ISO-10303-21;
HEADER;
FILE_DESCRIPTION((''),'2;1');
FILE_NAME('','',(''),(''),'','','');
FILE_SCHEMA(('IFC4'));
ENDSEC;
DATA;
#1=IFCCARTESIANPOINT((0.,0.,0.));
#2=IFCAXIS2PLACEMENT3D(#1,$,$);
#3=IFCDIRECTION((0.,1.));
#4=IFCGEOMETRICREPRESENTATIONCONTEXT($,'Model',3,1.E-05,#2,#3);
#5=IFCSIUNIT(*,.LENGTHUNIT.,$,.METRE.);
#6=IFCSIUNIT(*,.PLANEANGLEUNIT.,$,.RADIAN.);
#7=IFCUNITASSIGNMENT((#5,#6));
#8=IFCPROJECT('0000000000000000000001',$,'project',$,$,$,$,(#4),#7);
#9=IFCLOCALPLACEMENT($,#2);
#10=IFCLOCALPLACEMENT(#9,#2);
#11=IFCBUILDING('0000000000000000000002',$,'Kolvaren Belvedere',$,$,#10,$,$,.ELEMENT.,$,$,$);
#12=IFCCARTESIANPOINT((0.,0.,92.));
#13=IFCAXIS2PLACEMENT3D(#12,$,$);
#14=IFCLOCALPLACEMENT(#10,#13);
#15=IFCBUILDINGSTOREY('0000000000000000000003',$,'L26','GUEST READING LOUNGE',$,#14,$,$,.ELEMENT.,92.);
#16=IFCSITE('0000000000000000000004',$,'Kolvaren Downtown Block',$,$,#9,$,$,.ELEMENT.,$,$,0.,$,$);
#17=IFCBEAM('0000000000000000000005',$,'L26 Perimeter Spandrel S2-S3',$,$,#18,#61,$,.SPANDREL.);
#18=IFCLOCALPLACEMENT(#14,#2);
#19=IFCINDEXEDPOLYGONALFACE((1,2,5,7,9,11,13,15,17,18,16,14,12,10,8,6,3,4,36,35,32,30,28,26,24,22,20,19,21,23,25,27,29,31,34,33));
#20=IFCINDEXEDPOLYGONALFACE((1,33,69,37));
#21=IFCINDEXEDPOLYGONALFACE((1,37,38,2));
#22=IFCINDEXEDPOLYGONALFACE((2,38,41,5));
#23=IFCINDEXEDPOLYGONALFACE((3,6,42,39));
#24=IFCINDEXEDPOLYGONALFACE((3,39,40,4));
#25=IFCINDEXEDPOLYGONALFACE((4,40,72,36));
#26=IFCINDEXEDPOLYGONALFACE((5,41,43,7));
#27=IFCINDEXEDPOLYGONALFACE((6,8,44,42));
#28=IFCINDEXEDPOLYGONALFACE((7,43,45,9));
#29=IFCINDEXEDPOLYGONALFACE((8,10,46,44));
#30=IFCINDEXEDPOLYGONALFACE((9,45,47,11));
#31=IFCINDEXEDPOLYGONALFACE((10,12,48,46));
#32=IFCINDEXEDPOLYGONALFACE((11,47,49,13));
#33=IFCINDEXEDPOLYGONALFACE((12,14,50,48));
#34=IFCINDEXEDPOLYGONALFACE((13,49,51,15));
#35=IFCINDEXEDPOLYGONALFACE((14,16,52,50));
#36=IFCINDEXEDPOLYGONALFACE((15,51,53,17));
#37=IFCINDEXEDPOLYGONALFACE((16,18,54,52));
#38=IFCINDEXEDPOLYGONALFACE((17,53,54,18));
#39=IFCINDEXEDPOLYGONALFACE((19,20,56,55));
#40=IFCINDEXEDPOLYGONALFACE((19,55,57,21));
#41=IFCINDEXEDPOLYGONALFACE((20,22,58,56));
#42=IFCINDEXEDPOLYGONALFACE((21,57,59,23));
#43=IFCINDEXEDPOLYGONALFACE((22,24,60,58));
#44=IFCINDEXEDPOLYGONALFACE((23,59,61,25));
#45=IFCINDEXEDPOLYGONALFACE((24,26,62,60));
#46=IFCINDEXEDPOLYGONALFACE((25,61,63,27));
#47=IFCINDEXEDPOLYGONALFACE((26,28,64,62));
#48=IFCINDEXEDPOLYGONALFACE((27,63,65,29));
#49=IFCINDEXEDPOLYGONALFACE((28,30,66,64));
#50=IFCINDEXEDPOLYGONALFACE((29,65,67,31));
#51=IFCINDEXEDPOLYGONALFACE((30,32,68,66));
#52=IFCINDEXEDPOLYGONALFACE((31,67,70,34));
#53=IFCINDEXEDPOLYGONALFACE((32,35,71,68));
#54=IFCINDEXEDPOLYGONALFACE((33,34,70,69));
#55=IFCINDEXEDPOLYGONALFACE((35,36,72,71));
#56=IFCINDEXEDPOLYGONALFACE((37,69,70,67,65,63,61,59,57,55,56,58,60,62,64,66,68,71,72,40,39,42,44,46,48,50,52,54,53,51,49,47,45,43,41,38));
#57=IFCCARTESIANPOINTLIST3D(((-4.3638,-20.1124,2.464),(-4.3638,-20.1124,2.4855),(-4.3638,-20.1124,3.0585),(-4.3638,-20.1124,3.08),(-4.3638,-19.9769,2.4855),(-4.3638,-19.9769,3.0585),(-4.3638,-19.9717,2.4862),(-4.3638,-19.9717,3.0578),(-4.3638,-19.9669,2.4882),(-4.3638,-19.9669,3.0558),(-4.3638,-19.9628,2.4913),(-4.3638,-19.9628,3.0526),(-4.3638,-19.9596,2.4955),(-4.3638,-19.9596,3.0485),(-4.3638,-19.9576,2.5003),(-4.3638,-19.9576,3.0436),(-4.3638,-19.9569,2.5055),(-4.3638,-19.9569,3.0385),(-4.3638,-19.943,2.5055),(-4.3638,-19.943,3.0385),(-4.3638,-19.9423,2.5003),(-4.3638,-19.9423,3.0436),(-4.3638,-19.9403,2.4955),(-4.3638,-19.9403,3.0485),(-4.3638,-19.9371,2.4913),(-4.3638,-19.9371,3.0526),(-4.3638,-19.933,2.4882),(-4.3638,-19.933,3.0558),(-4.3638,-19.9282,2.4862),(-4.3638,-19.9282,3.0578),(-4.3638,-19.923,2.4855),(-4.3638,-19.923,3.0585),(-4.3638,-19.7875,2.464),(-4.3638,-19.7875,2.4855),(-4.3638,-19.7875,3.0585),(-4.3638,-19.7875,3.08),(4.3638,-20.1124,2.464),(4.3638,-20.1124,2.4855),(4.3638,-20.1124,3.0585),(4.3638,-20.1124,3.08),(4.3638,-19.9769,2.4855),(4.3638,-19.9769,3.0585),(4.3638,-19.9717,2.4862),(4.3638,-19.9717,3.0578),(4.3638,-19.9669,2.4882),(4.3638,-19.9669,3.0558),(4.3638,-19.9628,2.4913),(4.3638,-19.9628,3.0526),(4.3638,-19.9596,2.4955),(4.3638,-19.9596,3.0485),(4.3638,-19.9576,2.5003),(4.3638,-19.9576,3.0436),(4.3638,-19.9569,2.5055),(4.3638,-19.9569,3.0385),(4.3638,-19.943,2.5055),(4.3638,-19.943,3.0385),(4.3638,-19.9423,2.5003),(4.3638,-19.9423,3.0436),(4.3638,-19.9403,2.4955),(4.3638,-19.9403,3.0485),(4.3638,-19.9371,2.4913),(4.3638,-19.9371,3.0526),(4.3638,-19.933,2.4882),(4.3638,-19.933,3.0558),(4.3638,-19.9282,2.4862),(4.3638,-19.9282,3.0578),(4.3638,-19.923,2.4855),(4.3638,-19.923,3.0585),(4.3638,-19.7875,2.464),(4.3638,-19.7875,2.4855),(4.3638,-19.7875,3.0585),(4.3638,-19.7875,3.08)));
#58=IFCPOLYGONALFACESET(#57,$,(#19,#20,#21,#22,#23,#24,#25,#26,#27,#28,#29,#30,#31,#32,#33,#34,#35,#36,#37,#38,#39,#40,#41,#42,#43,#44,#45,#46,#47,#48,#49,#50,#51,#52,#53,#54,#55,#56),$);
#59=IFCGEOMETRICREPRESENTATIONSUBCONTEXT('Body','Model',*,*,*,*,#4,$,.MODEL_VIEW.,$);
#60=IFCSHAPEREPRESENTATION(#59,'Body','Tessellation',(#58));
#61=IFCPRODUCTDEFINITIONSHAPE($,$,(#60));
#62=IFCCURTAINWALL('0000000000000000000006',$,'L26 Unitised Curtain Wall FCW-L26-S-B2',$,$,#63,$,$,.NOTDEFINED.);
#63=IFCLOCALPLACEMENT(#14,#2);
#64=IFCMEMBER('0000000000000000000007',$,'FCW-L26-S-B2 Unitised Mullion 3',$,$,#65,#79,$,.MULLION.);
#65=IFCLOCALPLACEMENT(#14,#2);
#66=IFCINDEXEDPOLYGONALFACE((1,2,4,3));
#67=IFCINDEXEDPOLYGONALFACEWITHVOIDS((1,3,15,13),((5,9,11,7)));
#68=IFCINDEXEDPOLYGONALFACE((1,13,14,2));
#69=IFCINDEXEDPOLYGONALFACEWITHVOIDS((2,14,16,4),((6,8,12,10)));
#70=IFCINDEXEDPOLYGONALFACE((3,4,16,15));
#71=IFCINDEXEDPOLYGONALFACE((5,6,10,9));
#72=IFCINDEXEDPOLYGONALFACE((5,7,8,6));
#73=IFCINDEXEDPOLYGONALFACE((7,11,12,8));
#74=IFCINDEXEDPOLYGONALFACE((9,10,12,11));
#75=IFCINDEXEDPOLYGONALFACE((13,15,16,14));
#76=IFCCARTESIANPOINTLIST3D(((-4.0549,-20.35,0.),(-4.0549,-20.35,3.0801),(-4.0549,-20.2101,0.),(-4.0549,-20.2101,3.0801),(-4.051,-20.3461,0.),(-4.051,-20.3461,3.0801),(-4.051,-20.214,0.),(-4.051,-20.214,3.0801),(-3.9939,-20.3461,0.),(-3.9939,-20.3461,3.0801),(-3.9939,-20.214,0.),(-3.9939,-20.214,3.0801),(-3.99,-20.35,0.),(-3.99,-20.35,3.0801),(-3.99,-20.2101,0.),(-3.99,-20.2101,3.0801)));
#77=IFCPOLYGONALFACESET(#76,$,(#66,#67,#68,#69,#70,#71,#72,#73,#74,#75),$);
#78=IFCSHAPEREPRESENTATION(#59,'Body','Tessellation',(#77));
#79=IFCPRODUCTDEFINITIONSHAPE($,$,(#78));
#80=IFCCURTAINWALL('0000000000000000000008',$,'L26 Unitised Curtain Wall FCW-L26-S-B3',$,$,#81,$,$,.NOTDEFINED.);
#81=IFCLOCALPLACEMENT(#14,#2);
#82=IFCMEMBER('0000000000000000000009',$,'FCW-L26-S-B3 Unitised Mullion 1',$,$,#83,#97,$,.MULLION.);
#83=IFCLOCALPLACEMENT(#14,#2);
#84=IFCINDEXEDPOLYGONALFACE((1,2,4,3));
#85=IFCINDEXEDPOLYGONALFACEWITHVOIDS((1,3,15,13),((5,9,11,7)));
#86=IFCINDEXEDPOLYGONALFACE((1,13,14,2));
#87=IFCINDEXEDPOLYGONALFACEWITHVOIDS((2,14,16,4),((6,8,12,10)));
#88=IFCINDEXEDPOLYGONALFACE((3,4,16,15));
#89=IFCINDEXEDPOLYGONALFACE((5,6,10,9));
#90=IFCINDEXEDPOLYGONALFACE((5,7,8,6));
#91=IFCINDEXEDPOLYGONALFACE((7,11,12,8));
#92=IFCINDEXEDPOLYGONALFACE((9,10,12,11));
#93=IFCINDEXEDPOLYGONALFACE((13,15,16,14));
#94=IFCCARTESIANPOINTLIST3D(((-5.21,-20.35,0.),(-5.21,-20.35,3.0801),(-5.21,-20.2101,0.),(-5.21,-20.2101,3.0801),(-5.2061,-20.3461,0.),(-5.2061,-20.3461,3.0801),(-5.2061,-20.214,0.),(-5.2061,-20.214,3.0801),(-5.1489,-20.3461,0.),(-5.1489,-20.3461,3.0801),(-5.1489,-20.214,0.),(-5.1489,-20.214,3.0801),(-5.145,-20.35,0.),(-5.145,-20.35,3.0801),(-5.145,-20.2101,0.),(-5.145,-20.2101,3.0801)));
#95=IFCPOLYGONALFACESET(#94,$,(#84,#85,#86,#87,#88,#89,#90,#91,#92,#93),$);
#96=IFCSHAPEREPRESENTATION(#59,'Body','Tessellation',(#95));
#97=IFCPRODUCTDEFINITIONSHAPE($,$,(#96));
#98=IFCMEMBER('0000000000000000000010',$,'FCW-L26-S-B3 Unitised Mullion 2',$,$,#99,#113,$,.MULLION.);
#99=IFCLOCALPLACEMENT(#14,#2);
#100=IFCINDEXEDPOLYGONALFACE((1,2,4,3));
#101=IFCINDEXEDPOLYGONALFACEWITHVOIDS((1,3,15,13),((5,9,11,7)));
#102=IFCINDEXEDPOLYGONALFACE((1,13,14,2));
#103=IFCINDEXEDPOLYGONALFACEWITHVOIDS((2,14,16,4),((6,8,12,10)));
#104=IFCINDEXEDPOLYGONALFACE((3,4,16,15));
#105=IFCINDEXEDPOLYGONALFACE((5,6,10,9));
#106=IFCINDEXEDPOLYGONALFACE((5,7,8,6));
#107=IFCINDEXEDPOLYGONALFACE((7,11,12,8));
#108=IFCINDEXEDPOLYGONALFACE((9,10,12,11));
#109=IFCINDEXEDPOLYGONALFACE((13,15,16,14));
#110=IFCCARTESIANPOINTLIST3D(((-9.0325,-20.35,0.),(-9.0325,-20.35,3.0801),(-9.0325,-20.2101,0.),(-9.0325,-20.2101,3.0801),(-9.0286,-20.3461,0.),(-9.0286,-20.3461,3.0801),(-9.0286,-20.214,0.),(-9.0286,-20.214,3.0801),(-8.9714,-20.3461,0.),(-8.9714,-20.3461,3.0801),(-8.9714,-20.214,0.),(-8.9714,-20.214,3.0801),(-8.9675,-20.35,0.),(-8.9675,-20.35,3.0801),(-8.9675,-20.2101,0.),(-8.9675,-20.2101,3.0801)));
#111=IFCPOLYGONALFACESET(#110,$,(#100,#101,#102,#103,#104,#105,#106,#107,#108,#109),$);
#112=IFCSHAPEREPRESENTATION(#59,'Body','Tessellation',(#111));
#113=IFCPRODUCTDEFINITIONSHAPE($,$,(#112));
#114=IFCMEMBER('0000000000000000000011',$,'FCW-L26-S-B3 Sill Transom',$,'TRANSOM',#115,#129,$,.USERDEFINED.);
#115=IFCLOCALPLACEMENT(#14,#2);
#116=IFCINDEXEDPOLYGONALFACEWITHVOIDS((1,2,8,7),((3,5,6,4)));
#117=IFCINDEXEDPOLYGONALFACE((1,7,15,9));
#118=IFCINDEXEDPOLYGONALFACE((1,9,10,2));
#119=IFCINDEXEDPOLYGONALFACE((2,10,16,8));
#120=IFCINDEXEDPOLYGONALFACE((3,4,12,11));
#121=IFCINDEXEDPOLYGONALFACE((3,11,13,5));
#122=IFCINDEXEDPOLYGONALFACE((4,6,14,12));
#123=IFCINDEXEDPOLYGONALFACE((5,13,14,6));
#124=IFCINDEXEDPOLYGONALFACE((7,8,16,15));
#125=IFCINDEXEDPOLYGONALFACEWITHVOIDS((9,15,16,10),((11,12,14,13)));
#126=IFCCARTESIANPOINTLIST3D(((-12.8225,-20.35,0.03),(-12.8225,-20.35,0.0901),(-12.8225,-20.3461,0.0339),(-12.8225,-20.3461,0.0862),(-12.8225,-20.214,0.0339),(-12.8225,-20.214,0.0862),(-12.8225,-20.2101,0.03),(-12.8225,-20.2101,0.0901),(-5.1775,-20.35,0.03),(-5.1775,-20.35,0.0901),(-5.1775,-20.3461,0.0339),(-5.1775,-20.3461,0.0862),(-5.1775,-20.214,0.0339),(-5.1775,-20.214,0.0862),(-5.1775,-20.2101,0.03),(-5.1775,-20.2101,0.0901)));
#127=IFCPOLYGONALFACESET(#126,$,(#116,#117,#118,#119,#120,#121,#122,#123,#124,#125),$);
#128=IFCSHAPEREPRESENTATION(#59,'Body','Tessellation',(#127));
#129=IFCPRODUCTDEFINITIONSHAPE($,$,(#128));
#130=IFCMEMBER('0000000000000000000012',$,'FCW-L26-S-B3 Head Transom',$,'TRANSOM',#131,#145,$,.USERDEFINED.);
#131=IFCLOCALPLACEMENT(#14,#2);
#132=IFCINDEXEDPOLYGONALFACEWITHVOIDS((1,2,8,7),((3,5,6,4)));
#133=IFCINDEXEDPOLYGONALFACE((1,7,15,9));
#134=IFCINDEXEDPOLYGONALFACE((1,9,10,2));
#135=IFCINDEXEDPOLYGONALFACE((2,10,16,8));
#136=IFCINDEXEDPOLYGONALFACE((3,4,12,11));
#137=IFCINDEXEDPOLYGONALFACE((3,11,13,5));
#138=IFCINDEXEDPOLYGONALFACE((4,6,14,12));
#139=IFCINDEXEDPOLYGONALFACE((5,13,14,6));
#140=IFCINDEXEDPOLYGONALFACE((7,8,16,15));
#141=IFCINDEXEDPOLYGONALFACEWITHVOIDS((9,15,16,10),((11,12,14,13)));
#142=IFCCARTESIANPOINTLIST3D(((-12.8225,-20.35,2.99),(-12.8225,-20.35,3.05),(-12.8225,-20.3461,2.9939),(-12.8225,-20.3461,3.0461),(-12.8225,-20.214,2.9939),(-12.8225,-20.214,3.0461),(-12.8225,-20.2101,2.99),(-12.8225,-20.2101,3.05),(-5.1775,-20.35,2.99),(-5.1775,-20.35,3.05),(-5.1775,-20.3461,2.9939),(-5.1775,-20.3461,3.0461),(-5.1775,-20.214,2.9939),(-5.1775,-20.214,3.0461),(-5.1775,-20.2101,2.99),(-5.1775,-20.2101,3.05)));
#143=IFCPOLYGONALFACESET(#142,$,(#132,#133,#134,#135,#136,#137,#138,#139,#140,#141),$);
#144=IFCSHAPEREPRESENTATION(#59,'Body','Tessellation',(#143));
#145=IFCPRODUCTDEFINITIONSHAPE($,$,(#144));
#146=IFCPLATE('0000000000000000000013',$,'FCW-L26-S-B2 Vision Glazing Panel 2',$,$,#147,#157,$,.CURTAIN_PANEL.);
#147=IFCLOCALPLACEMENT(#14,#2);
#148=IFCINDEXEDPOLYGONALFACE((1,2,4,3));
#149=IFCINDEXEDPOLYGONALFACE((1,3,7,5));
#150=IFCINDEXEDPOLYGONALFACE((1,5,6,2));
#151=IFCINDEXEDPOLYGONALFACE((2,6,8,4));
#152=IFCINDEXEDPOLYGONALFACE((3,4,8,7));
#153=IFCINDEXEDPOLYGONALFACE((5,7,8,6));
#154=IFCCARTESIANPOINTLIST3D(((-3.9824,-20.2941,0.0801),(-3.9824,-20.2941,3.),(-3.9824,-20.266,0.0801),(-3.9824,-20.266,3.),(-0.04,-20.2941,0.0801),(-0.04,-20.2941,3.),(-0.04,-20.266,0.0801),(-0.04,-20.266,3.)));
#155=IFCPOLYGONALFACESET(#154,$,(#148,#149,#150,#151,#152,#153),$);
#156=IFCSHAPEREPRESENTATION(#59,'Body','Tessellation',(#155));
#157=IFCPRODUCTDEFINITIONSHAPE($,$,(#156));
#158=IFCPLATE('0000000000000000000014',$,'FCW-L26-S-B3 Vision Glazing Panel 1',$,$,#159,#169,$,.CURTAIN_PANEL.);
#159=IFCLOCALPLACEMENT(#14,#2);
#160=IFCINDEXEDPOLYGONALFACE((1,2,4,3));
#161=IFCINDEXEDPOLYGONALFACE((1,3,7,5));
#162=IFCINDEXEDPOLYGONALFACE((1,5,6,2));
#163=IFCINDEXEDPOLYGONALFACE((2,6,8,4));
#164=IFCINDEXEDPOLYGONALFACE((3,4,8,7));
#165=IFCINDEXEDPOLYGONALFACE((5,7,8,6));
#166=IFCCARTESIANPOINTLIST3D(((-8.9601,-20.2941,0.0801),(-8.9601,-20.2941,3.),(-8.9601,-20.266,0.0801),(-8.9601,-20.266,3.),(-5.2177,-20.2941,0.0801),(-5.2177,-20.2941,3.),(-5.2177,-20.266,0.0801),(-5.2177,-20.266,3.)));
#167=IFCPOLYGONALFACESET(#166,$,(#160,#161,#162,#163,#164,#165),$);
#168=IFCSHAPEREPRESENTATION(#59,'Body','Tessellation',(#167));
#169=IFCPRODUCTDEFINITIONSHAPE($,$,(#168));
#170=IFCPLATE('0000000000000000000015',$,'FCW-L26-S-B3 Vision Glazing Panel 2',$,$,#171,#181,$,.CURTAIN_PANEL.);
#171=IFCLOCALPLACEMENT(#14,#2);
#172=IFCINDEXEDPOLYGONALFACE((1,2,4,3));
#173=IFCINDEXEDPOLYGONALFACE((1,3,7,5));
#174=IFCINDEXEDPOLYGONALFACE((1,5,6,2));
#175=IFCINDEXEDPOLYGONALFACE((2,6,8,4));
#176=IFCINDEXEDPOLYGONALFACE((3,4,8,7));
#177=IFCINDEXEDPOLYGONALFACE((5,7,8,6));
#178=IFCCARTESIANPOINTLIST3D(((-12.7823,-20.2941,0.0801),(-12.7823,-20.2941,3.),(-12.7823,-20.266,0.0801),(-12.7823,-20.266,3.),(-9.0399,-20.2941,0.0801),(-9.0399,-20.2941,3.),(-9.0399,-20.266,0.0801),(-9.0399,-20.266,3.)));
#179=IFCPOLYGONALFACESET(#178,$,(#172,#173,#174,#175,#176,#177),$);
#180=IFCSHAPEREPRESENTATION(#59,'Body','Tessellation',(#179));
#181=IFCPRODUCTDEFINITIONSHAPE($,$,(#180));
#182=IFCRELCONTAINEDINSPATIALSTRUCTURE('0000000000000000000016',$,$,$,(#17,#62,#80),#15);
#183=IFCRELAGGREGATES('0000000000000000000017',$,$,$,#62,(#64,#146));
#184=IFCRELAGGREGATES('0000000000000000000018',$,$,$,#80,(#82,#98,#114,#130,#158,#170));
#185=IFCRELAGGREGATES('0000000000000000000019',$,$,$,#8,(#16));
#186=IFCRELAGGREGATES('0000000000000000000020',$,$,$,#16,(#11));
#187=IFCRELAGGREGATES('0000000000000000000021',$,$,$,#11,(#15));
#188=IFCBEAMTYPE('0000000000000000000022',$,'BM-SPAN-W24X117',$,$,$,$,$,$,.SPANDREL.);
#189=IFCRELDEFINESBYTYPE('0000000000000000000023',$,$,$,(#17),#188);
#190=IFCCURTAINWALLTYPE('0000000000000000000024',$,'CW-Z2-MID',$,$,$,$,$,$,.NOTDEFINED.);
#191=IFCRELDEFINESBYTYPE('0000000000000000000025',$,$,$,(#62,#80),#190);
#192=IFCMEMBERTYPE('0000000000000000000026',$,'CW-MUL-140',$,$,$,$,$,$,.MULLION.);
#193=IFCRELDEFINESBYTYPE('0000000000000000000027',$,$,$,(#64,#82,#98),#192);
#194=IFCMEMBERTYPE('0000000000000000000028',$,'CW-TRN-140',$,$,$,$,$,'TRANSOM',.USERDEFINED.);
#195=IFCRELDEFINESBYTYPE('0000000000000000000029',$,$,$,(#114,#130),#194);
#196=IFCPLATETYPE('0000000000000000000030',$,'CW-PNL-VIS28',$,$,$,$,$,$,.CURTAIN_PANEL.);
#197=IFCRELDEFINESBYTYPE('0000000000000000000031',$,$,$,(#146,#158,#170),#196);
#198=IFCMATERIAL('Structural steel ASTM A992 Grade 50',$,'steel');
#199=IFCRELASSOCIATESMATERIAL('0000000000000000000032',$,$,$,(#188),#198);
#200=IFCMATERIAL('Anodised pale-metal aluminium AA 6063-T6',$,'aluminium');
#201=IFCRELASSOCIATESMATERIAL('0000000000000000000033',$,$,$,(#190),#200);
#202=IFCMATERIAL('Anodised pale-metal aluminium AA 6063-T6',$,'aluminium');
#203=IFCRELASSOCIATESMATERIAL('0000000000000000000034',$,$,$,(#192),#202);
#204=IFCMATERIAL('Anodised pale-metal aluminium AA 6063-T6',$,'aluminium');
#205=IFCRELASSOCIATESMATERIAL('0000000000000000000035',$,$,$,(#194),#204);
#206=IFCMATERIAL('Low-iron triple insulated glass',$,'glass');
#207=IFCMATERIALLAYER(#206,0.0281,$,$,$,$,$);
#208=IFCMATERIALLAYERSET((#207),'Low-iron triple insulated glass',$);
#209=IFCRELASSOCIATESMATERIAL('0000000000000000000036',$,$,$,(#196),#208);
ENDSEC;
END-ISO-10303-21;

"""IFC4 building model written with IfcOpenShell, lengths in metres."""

from ifc_helpers import new_model, si_unit, direction, frame, origin, origin_2d, place, context, subcontext, project, spatial, rectangle, hollow_rectangle, i_section, extrude, material, layer, layer_set, material_profile, profile_set, type_object, element, aggregate, save


model = new_model("IFC4")

# Units and contexts
model_context = context("Model", 3, precision=1e-05, world=origin(), true_north=direction((0.0, 1.0)))
body_context = subcontext(model_context, "Body", "Model", "MODEL_VIEW")
ifc_project = project(units=[si_unit("LENGTHUNIT", "METRE"), si_unit("PLANEANGLEUNIT", "RADIAN")], contexts=[model_context])

# Site, building, storey
site_placement = place(None, origin())
site = spatial("IfcSite", under=ifc_project, at=site_placement, Name="Kolvaren Downtown Block", CompositionType="ELEMENT", RefElevation=0.0)
building_placement = place(site_placement, origin())
building = spatial("IfcBuilding", under=site, at=building_placement, Name="Kolvaren Belvedere", CompositionType="ELEMENT")
storey_placement = place(building_placement, frame((0.0, 0.0, 92.0)))
storey = spatial("IfcBuildingStorey", under=building, at=storey_placement, Name="L26", Description="GUEST READING LOUNGE", CompositionType="ELEMENT", Elevation=92.0)

# Beam
ifc_material_1 = material(Name="Structural steel ASTM A992 Grade 50", Category="steel")
ifc_material_profile_1 = material_profile(ifc_material_1, i_section(OverallWidth=0.325, OverallDepth=0.616, WebThickness=0.0139, FlangeThickness=0.0215, FilletRadius=0.02, at=origin_2d()), Name="W24X117")
ifc_profile_set_1 = profile_set([ifc_material_profile_1], Name="Structural steel ASTM A992 Grade 50")
beam_type_1 = type_object("IfcBeamType", Name="BM-SPAN-W24X117", PredefinedType="SPANDREL", material=ifc_profile_set_1)
beam_1_placement = place(storey_placement, frame((-4.3638, -19.95, 2.772), z_axis=(1.0, 0.0, 0.0), x_axis=(0.0, 1.0, 0.0)))
element("IfcBeam", 1, at=beam_1_placement, inside=storey, type_object=beam_type_1, Name="L26 Perimeter Spandrel S2-S3", PredefinedType="SPANDREL", context=body_context, shape_type="SweptSolid", body=[
    extrude(i_section(OverallWidth=0.325, OverallDepth=0.616, WebThickness=0.0139, FlangeThickness=0.0215, FilletRadius=0.02, at=origin_2d()), origin(), (0.0, 0.0, 1.0), 8.7275),
])

# Curtain wall, member
ifc_material_2 = material(Name="Anodised pale-metal aluminium AA 6063-T6", Category="aluminium")
curtain_wall_type = type_object("IfcCurtainWallType", Name="CW-Z2-MID", PredefinedType="NOTDEFINED", material=ifc_material_2)
curtain_wall_1_placement = place(storey_placement, origin())
curtain_wall_1 = element("IfcCurtainWall", 2, at=curtain_wall_1_placement, inside=storey, type_object=curtain_wall_type, Name="L26 Unitised Curtain Wall FCW-L26-S-B2", PredefinedType="NOTDEFINED")
ifc_material_3 = material(Name="Anodised pale-metal aluminium AA 6063-T6", Category="aluminium")
ifc_material_profile_2 = material_profile(ifc_material_3, hollow_rectangle(XDim=0.0649, YDim=0.1399, WallThickness=0.0039, at=origin_2d()), Name="ALU-MUL-140X65")
ifc_profile_set_2 = profile_set([ifc_material_profile_2], Name="Anodised pale-metal aluminium AA 6063-T6")
member_type_1 = type_object("IfcMemberType", Name="CW-MUL-140", PredefinedType="MULLION", material=ifc_profile_set_2)
member_1_placement = place(storey_placement, frame((-4.0225, -20.28, 0.0), z_axis=(0.0, 0.0, 1.0), x_axis=(1.0, 0.0, 0.0)))
member_1 = element("IfcMember", 3, at=member_1_placement, type_object=member_type_1, Name="FCW-L26-S-B2 Unitised Mullion 3", PredefinedType="MULLION", context=body_context, shape_type="SweptSolid", body=[
    extrude(hollow_rectangle(XDim=0.0649, YDim=0.1399, WallThickness=0.0039, at=origin_2d()), origin(), (0.0, 0.0, 1.0), 3.0801),
])

# Curtain wall, members
curtain_wall_2_placement = place(storey_placement, origin())
curtain_wall_2 = element("IfcCurtainWall", 4, at=curtain_wall_2_placement, inside=storey, type_object=curtain_wall_type, Name="L26 Unitised Curtain Wall FCW-L26-S-B3", PredefinedType="NOTDEFINED")
member_2_placement = place(storey_placement, frame((-5.1775, -20.28, 0.0), z_axis=(0.0, 0.0, 1.0), x_axis=(1.0, 0.0, 0.0)))
member_2 = element("IfcMember", 5, at=member_2_placement, type_object=member_type_1, Name="FCW-L26-S-B3 Unitised Mullion 1", PredefinedType="MULLION", context=body_context, shape_type="SweptSolid", body=[
    extrude(hollow_rectangle(XDim=0.0649, YDim=0.1399, WallThickness=0.0039, at=origin_2d()), origin(), (0.0, 0.0, 1.0), 3.0801),
])
member_3_placement = place(storey_placement, frame((-9.0, -20.28, 0.0), z_axis=(0.0, 0.0, 1.0), x_axis=(1.0, 0.0, 0.0)))
member_3 = element("IfcMember", 6, at=member_3_placement, type_object=member_type_1, Name="FCW-L26-S-B3 Unitised Mullion 2", PredefinedType="MULLION", context=body_context, shape_type="SweptSolid", body=[
    extrude(hollow_rectangle(XDim=0.0649, YDim=0.1399, WallThickness=0.0039, at=origin_2d()), origin(), (0.0, 0.0, 1.0), 3.0801),
])
ifc_material_4 = material(Name="Anodised pale-metal aluminium AA 6063-T6", Category="aluminium")
ifc_material_profile_3 = material_profile(ifc_material_4, hollow_rectangle(XDim=0.0601, YDim=0.1399, WallThickness=0.0039, at=origin_2d()), Name="ALU-TRN-140X60")
ifc_profile_set_3 = profile_set([ifc_material_profile_3], Name="Anodised pale-metal aluminium AA 6063-T6")
member_type_2 = type_object("IfcMemberType", Name="CW-TRN-140", ElementType="TRANSOM", PredefinedType="USERDEFINED", material=ifc_profile_set_3)
member_4_placement = place(storey_placement, frame((-5.1775, -20.28, 0.0601), z_axis=(-1.0, 0.0, 0.0), x_axis=(0.0, 0.0, 1.0)))
member_4 = element("IfcMember", 7, at=member_4_placement, type_object=member_type_2, Name="FCW-L26-S-B3 Sill Transom", ObjectType="TRANSOM", PredefinedType="USERDEFINED", context=body_context, shape_type="SweptSolid", body=[
    extrude(hollow_rectangle(XDim=0.0601, YDim=0.1399, WallThickness=0.0039, at=origin_2d()), origin(), (0.0, 0.0, 1.0), 7.645),
])
member_5_placement = place(storey_placement, frame((-5.1775, -20.28, 3.02), z_axis=(-1.0, 0.0, 0.0), x_axis=(0.0, 0.0, 1.0)))
member_5 = element("IfcMember", 8, at=member_5_placement, type_object=member_type_2, Name="FCW-L26-S-B3 Head Transom", ObjectType="TRANSOM", PredefinedType="USERDEFINED", context=body_context, shape_type="SweptSolid", body=[
    extrude(hollow_rectangle(XDim=0.0601, YDim=0.1399, WallThickness=0.0039, at=origin_2d()), origin(), (0.0, 0.0, 1.0), 7.645),
])

# Plates
ifc_material_5 = material(Name="Low-iron triple insulated glass", Category="glass")
ifc_layer_1 = layer(ifc_material_5, 0.0281)
ifc_layer_set_1 = layer_set([ifc_layer_1], Name="Low-iron triple insulated glass")
plate_type_1 = type_object("IfcPlateType", Name="CW-PNL-VIS28", PredefinedType="CURTAIN_PANEL", material=ifc_layer_set_1)
plate_1_placement = place(storey_placement, frame((-2.0112, -20.28, 0.0801), z_axis=(0.0, 0.0, 1.0), x_axis=(-1.0, 0.0, 0.0)))
plate_1 = element("IfcPlate", 9, at=plate_1_placement, type_object=plate_type_1, Name="FCW-L26-S-B2 Vision Glazing Panel 2", PredefinedType="CURTAIN_PANEL", context=body_context, shape_type="SweptSolid", body=[
    extrude(rectangle(XDim=3.9424, YDim=0.0281, at=origin_2d()), origin(), (0.0, 0.0, 1.0), 2.9199),
])
aggregate(curtain_wall_1, [member_1, plate_1])
plate_2_placement = place(storey_placement, frame((-7.0889, -20.28, 0.0801), z_axis=(0.0, 0.0, 1.0), x_axis=(-1.0, 0.0, 0.0)))
plate_2 = element("IfcPlate", 10, at=plate_2_placement, type_object=plate_type_1, Name="FCW-L26-S-B3 Vision Glazing Panel 1", PredefinedType="CURTAIN_PANEL", context=body_context, shape_type="SweptSolid", body=[
    extrude(rectangle(XDim=3.7424, YDim=0.0281, at=origin_2d()), origin(), (0.0, 0.0, 1.0), 2.9199),
])
plate_3_placement = place(storey_placement, frame((-10.9111, -20.28, 0.0801), z_axis=(0.0, 0.0, 1.0), x_axis=(-1.0, 0.0, 0.0)))
plate_3 = element("IfcPlate", 11, at=plate_3_placement, type_object=plate_type_1, Name="FCW-L26-S-B3 Vision Glazing Panel 2", PredefinedType="CURTAIN_PANEL", context=body_context, shape_type="SweptSolid", body=[
    extrude(rectangle(XDim=3.7424, YDim=0.0281, at=origin_2d()), origin(), (0.0, 0.0, 1.0), 2.9199),
])
aggregate(curtain_wall_2, [member_2, member_3, member_4, member_5, plate_2, plate_3])

save(model, "model.ifc")
